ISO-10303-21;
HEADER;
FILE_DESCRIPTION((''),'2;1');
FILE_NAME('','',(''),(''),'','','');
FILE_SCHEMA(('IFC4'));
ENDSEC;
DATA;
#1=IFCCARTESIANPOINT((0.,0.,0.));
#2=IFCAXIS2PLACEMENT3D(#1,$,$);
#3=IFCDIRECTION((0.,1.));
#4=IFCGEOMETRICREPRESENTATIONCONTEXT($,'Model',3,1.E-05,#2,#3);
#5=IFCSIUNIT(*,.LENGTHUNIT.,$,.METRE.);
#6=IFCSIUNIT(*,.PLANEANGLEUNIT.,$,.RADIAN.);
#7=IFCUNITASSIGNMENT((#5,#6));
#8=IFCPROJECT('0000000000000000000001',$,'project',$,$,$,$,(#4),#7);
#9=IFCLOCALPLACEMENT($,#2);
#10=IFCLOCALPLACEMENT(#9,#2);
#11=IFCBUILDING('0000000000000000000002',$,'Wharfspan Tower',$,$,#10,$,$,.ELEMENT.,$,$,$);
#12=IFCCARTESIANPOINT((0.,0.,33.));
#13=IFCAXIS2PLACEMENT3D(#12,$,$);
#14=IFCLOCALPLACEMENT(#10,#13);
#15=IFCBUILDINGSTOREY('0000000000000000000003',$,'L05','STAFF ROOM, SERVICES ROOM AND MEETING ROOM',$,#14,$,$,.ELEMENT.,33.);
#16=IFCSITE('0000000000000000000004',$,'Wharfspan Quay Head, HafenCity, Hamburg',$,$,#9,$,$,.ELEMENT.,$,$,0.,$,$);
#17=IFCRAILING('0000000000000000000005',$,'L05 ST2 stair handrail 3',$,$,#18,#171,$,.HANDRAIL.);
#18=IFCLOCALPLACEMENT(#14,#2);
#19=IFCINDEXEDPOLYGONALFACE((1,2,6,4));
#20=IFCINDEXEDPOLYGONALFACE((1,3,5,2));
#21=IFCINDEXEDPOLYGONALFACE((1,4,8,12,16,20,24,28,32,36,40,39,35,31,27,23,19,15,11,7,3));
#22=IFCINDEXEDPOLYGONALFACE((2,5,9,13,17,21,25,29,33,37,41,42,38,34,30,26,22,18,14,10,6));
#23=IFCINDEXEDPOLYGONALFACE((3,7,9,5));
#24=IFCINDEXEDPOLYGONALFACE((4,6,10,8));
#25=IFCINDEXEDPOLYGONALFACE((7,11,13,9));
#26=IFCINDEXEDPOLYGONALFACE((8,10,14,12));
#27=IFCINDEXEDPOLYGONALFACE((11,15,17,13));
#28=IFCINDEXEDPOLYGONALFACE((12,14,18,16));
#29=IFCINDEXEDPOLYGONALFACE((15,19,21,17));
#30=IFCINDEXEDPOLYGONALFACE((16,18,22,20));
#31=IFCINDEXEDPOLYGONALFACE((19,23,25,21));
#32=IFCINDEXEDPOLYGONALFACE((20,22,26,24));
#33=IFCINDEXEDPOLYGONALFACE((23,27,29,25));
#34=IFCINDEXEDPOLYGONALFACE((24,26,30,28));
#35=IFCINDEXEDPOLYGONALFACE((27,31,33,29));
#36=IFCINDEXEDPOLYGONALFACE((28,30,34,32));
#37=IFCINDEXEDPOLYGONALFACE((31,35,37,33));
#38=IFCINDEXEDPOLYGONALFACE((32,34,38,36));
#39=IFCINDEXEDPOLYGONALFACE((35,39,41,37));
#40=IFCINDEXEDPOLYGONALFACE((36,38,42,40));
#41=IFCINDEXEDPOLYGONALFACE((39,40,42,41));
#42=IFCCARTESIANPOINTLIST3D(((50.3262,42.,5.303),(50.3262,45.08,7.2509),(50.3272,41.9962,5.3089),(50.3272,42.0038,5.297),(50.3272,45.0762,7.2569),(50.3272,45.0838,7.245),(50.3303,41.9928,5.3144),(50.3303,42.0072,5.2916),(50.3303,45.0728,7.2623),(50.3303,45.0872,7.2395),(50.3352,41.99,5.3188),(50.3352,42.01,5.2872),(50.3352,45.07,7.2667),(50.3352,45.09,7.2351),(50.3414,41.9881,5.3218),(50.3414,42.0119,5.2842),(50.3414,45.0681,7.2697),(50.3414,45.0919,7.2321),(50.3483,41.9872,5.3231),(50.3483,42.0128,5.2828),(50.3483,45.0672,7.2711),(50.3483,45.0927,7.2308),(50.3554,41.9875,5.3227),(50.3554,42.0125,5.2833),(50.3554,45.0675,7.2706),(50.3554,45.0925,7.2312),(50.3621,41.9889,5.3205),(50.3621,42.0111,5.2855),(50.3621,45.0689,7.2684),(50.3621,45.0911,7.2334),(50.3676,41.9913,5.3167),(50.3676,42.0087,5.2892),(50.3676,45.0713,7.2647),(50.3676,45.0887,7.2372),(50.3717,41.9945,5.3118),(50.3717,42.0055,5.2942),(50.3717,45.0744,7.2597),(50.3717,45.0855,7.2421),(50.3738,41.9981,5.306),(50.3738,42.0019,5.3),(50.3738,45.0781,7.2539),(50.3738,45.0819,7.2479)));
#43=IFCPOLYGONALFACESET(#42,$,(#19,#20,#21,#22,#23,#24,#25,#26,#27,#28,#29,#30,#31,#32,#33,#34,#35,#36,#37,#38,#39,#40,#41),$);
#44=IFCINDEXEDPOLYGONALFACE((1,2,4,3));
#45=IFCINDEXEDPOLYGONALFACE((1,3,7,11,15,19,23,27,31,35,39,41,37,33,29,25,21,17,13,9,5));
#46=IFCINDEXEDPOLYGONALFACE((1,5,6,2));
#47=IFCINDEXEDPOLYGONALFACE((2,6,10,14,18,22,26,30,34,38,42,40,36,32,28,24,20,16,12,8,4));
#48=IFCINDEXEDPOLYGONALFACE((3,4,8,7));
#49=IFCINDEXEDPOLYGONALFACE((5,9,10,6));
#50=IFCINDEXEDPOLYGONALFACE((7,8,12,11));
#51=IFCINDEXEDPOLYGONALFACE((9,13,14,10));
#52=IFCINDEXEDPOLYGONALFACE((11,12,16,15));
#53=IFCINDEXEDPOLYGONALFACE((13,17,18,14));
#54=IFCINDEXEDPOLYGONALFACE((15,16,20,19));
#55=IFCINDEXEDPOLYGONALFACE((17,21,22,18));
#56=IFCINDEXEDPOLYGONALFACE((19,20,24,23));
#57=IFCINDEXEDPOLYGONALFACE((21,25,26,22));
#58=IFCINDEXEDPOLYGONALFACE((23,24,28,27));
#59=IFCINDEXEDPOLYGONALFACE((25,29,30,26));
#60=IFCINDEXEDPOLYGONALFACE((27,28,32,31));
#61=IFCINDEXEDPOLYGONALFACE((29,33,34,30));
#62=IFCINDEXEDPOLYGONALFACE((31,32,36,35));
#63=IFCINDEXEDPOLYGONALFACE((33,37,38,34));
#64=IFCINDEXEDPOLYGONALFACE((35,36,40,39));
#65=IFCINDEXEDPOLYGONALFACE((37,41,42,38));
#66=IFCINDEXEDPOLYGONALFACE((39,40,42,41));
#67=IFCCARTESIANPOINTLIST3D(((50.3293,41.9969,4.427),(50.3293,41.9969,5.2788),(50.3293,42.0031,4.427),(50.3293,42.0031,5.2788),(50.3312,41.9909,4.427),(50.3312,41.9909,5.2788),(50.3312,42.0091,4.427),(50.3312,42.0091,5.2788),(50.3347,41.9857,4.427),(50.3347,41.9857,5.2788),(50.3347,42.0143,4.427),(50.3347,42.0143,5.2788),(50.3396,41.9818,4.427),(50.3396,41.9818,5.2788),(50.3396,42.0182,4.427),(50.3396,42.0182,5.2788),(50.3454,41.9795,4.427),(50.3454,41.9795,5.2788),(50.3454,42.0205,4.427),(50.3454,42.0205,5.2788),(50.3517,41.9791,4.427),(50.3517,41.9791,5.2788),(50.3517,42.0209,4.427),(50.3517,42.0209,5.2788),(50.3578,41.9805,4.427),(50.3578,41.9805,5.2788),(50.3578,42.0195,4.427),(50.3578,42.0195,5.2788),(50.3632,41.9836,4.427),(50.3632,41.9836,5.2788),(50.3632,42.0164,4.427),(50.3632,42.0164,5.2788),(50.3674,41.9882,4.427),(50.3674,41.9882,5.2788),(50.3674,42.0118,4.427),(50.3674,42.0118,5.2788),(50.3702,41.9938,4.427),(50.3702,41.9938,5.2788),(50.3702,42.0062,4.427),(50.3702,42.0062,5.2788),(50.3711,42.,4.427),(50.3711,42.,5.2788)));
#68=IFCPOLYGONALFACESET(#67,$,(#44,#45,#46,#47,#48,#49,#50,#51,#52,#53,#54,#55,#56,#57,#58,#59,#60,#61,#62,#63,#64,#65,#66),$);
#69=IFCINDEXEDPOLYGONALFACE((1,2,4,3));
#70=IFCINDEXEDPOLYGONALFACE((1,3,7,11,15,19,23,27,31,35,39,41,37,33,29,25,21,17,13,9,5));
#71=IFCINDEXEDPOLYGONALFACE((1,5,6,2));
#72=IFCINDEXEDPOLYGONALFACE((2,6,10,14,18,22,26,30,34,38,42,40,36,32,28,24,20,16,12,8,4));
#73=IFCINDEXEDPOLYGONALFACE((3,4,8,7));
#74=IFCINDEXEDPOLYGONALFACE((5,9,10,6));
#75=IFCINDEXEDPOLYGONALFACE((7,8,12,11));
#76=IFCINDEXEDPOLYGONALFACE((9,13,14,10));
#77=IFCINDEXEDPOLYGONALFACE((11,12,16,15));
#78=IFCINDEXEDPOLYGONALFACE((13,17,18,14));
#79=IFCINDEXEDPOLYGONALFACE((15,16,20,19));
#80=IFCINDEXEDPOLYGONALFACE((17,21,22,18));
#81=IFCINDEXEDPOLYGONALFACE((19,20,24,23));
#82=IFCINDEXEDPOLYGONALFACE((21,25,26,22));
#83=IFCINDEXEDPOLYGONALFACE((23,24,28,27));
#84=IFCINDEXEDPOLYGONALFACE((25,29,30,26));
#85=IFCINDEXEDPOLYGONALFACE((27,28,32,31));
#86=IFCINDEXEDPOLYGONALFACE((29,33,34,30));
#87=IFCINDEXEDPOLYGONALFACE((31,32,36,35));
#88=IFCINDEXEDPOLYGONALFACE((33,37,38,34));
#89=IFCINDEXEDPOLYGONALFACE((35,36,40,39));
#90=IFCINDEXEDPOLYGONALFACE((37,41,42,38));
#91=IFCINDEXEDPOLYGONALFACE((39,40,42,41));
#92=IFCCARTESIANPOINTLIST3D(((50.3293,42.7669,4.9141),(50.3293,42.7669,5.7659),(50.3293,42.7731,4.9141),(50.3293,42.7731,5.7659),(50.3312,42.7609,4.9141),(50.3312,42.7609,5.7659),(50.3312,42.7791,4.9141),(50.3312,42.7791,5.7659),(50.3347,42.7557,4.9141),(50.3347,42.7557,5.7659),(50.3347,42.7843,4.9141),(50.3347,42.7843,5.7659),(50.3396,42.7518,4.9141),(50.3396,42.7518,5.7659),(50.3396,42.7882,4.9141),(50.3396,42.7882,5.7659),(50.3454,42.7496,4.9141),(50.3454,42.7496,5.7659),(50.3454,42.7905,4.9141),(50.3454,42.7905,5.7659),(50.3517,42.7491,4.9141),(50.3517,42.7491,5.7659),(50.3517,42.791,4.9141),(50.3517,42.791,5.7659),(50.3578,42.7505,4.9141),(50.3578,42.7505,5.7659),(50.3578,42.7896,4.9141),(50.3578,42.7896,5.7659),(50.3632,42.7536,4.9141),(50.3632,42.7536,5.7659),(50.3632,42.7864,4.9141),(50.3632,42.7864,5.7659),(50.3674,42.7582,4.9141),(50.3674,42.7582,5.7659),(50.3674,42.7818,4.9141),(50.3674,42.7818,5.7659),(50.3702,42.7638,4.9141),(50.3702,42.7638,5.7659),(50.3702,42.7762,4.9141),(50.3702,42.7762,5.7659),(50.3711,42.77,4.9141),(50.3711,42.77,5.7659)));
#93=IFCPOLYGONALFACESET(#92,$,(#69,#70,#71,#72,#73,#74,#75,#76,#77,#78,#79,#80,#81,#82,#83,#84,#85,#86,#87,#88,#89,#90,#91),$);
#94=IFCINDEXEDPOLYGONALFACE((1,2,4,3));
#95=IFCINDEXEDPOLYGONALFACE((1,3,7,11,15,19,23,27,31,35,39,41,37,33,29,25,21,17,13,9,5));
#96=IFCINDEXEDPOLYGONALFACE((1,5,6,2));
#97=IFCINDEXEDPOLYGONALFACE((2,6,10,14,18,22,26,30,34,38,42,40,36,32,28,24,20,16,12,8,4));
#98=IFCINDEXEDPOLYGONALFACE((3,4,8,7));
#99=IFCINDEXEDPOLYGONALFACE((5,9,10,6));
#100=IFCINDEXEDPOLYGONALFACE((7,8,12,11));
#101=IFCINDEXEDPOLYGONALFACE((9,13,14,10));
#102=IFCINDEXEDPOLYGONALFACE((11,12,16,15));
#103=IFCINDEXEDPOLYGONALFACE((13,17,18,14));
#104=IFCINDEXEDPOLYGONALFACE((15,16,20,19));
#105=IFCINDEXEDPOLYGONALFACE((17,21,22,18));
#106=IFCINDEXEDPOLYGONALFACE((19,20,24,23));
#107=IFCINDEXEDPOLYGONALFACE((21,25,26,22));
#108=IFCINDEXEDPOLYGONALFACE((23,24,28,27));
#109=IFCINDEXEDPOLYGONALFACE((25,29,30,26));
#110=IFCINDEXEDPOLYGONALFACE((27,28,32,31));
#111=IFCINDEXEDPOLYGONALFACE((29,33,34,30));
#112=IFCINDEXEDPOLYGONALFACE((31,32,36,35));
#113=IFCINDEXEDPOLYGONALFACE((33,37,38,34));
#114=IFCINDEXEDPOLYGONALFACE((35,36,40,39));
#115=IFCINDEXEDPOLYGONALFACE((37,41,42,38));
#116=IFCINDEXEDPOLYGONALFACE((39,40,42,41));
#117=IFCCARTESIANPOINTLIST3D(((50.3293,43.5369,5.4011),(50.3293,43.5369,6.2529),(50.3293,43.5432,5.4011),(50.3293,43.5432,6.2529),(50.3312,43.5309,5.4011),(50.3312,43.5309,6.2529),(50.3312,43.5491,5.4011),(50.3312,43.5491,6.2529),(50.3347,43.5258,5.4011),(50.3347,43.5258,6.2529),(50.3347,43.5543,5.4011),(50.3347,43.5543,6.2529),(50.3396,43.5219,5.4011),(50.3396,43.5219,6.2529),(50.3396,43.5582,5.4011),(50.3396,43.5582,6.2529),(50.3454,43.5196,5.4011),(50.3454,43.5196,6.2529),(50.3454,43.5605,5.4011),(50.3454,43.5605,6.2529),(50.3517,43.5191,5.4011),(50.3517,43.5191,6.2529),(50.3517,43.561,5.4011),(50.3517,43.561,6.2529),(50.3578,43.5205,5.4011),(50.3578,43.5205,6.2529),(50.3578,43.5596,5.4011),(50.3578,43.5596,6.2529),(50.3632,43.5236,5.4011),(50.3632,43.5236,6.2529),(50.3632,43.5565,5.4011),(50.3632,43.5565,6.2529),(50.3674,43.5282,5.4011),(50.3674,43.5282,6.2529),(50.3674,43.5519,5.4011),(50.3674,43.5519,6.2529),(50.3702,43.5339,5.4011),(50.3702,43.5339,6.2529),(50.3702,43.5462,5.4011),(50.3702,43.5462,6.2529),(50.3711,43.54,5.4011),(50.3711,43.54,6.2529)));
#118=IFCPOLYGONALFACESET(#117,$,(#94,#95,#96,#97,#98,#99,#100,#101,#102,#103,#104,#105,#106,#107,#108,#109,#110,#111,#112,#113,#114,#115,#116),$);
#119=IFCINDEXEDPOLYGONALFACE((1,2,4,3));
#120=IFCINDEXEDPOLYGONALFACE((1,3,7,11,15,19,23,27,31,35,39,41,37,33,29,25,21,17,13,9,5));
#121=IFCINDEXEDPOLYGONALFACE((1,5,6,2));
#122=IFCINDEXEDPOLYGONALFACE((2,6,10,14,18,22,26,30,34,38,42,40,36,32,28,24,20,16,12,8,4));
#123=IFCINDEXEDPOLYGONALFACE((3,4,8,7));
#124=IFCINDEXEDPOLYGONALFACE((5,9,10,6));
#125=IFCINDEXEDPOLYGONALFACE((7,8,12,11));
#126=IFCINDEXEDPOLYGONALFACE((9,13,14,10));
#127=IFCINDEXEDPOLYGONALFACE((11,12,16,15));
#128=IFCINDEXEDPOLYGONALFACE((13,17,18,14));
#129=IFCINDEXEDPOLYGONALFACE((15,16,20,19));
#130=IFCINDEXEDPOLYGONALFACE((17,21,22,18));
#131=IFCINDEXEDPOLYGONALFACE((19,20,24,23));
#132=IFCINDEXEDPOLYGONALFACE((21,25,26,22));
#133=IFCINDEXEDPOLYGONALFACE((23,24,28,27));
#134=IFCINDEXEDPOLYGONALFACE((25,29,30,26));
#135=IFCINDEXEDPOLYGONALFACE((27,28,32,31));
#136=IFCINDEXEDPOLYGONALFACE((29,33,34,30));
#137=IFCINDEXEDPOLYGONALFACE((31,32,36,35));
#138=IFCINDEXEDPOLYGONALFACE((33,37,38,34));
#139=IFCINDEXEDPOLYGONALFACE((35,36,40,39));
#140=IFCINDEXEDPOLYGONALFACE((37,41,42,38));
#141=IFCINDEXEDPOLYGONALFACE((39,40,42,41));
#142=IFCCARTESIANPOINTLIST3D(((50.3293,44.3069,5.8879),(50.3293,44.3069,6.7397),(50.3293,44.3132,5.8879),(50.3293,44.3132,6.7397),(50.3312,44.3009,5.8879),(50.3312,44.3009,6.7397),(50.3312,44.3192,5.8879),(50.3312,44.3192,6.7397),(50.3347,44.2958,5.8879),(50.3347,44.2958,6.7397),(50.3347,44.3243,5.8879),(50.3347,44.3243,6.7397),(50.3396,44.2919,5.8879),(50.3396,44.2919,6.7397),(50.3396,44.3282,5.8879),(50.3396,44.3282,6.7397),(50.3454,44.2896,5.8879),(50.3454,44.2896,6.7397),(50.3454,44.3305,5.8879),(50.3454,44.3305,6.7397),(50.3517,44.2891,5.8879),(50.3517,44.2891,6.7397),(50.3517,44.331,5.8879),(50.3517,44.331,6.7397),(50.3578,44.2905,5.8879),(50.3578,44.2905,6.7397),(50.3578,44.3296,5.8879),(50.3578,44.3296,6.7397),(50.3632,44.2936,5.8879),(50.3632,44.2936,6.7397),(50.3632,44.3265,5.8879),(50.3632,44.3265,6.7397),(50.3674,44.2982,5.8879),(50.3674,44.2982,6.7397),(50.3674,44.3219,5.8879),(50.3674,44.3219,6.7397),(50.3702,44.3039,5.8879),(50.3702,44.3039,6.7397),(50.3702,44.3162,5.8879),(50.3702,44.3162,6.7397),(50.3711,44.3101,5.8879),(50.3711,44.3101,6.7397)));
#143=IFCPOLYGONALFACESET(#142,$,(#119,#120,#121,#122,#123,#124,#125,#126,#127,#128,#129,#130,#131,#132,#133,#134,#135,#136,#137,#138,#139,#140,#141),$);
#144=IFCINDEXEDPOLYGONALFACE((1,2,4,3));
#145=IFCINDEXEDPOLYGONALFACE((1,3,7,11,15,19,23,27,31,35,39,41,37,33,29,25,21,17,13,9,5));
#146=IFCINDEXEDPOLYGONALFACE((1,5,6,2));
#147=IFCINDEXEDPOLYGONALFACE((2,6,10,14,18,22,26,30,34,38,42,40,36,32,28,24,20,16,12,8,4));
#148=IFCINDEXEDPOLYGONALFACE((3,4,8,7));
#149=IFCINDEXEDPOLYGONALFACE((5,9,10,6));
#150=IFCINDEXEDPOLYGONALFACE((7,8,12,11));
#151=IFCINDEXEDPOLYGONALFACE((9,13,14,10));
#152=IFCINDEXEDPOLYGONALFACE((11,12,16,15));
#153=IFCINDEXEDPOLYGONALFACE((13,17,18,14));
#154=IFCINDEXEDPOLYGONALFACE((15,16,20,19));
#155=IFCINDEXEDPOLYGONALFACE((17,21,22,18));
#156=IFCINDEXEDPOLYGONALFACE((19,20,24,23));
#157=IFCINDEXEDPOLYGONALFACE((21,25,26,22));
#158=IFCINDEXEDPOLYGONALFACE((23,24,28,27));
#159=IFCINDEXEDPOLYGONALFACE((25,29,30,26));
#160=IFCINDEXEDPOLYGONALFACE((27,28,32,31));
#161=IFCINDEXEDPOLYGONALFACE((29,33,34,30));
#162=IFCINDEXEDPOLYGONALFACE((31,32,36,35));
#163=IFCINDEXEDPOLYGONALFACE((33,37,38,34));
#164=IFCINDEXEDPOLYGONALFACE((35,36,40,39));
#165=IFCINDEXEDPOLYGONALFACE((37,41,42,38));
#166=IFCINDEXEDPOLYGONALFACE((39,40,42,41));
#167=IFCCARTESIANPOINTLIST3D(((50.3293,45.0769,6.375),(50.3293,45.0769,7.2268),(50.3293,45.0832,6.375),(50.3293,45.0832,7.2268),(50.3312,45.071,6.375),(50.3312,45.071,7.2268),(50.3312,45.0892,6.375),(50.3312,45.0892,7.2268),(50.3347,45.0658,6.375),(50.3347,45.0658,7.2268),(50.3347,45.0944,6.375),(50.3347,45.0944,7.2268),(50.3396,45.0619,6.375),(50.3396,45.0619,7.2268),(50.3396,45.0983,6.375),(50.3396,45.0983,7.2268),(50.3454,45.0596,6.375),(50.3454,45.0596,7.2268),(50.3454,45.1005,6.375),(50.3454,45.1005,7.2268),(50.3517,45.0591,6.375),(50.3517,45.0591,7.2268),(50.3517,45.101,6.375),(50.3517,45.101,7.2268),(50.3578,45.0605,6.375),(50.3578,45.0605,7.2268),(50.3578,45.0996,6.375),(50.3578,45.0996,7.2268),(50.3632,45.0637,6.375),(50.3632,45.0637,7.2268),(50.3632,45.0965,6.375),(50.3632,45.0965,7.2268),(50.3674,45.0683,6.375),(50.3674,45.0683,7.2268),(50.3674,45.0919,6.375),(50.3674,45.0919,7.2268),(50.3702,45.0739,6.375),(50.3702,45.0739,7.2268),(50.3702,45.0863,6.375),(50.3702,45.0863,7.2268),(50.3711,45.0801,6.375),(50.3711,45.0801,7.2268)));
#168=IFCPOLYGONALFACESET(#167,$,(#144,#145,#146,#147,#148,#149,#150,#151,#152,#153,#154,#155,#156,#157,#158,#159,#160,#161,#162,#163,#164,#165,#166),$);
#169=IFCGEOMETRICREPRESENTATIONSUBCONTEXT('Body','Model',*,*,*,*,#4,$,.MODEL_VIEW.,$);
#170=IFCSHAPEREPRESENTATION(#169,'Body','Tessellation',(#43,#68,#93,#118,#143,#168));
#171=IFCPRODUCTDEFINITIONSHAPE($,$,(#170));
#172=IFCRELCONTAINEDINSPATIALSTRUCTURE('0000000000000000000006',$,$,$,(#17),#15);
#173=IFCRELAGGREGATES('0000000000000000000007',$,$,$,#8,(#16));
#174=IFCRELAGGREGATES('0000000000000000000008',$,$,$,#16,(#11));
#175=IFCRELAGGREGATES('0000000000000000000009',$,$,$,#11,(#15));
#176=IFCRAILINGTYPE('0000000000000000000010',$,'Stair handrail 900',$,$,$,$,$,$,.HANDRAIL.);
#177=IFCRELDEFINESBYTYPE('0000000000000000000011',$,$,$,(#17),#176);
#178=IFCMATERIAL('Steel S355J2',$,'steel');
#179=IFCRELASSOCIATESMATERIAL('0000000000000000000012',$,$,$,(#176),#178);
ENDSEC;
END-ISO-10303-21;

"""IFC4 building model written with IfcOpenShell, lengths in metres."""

from ifc_helpers import new_model, si_unit, direction, frame, origin, origin_2d, place, context, subcontext, project, spatial, circle, extrude, material, type_object, element, save


model = new_model("IFC4")

# Units and contexts
model_context = context("Model", 3, precision=1e-05, world=origin(), true_north=direction((0.0, 1.0)))
body_context = subcontext(model_context, "Body", "Model", "MODEL_VIEW")
ifc_project = project(units=[si_unit("LENGTHUNIT", "METRE"), si_unit("PLANEANGLEUNIT", "RADIAN")], contexts=[model_context])

# Site, building, storey
site_placement = place(None, origin())
site = spatial("IfcSite", under=ifc_project, at=site_placement, Name="Wharfspan Quay Head, HafenCity, Hamburg", CompositionType="ELEMENT", RefElevation=0.0)
building_placement = place(site_placement, origin())
building = spatial("IfcBuilding", under=site, at=building_placement, Name="Wharfspan Tower", CompositionType="ELEMENT")
storey_placement = place(building_placement, frame((0.0, 0.0, 33.0)))
storey = spatial("IfcBuildingStorey", under=building, at=storey_placement, Name="L05", Description="STAFF ROOM, SERVICES ROOM AND MEETING ROOM", CompositionType="ELEMENT", Elevation=33.0)

# Railing
ifc_material_1 = material(Name="Steel S355J2", Category="steel")
railing_type_1 = type_object("IfcRailingType", Name="Stair handrail 900", PredefinedType="HANDRAIL", material=ifc_material_1)
railing_1_placement = place(storey_placement, frame((50.3501, 42.0, 4.427)))
element("IfcRailing", 1, at=railing_1_placement, inside=storey, type_object=railing_type_1, Name="L05 ST2 stair handrail 3", PredefinedType="HANDRAIL", context=body_context, shape_type="SweptSolid", body=[
    extrude(circle(Radius=0.0239, at=origin_2d()), frame((0.0, 0.0, 0.876), z_axis=(0.0, 0.845156, 0.53452), x_axis=(-1.0, 0.0, 0.0)), (0.0, 0.0, 1.0), 3.6443),
    extrude(circle(Radius=0.021, at=origin_2d()), origin(), (0.0, 0.0, 1.0), 0.8518),
    extrude(circle(Radius=0.021, at=origin_2d()), frame((0.0, 0.77, 0.4871)), (0.0, 0.0, 1.0), 0.8518),
    extrude(circle(Radius=0.021, at=origin_2d()), frame((0.0, 1.54, 0.9741)), (0.0, 0.0, 1.0), 0.8518),
    extrude(circle(Radius=0.021, at=origin_2d()), frame((0.0, 2.3101, 1.4609)), (0.0, 0.0, 1.0), 0.8518),
    extrude(circle(Radius=0.021, at=origin_2d()), frame((0.0, 3.0801, 1.948)), (0.0, 0.0, 1.0), 0.8518),
])

save(model, "model.ifc")
